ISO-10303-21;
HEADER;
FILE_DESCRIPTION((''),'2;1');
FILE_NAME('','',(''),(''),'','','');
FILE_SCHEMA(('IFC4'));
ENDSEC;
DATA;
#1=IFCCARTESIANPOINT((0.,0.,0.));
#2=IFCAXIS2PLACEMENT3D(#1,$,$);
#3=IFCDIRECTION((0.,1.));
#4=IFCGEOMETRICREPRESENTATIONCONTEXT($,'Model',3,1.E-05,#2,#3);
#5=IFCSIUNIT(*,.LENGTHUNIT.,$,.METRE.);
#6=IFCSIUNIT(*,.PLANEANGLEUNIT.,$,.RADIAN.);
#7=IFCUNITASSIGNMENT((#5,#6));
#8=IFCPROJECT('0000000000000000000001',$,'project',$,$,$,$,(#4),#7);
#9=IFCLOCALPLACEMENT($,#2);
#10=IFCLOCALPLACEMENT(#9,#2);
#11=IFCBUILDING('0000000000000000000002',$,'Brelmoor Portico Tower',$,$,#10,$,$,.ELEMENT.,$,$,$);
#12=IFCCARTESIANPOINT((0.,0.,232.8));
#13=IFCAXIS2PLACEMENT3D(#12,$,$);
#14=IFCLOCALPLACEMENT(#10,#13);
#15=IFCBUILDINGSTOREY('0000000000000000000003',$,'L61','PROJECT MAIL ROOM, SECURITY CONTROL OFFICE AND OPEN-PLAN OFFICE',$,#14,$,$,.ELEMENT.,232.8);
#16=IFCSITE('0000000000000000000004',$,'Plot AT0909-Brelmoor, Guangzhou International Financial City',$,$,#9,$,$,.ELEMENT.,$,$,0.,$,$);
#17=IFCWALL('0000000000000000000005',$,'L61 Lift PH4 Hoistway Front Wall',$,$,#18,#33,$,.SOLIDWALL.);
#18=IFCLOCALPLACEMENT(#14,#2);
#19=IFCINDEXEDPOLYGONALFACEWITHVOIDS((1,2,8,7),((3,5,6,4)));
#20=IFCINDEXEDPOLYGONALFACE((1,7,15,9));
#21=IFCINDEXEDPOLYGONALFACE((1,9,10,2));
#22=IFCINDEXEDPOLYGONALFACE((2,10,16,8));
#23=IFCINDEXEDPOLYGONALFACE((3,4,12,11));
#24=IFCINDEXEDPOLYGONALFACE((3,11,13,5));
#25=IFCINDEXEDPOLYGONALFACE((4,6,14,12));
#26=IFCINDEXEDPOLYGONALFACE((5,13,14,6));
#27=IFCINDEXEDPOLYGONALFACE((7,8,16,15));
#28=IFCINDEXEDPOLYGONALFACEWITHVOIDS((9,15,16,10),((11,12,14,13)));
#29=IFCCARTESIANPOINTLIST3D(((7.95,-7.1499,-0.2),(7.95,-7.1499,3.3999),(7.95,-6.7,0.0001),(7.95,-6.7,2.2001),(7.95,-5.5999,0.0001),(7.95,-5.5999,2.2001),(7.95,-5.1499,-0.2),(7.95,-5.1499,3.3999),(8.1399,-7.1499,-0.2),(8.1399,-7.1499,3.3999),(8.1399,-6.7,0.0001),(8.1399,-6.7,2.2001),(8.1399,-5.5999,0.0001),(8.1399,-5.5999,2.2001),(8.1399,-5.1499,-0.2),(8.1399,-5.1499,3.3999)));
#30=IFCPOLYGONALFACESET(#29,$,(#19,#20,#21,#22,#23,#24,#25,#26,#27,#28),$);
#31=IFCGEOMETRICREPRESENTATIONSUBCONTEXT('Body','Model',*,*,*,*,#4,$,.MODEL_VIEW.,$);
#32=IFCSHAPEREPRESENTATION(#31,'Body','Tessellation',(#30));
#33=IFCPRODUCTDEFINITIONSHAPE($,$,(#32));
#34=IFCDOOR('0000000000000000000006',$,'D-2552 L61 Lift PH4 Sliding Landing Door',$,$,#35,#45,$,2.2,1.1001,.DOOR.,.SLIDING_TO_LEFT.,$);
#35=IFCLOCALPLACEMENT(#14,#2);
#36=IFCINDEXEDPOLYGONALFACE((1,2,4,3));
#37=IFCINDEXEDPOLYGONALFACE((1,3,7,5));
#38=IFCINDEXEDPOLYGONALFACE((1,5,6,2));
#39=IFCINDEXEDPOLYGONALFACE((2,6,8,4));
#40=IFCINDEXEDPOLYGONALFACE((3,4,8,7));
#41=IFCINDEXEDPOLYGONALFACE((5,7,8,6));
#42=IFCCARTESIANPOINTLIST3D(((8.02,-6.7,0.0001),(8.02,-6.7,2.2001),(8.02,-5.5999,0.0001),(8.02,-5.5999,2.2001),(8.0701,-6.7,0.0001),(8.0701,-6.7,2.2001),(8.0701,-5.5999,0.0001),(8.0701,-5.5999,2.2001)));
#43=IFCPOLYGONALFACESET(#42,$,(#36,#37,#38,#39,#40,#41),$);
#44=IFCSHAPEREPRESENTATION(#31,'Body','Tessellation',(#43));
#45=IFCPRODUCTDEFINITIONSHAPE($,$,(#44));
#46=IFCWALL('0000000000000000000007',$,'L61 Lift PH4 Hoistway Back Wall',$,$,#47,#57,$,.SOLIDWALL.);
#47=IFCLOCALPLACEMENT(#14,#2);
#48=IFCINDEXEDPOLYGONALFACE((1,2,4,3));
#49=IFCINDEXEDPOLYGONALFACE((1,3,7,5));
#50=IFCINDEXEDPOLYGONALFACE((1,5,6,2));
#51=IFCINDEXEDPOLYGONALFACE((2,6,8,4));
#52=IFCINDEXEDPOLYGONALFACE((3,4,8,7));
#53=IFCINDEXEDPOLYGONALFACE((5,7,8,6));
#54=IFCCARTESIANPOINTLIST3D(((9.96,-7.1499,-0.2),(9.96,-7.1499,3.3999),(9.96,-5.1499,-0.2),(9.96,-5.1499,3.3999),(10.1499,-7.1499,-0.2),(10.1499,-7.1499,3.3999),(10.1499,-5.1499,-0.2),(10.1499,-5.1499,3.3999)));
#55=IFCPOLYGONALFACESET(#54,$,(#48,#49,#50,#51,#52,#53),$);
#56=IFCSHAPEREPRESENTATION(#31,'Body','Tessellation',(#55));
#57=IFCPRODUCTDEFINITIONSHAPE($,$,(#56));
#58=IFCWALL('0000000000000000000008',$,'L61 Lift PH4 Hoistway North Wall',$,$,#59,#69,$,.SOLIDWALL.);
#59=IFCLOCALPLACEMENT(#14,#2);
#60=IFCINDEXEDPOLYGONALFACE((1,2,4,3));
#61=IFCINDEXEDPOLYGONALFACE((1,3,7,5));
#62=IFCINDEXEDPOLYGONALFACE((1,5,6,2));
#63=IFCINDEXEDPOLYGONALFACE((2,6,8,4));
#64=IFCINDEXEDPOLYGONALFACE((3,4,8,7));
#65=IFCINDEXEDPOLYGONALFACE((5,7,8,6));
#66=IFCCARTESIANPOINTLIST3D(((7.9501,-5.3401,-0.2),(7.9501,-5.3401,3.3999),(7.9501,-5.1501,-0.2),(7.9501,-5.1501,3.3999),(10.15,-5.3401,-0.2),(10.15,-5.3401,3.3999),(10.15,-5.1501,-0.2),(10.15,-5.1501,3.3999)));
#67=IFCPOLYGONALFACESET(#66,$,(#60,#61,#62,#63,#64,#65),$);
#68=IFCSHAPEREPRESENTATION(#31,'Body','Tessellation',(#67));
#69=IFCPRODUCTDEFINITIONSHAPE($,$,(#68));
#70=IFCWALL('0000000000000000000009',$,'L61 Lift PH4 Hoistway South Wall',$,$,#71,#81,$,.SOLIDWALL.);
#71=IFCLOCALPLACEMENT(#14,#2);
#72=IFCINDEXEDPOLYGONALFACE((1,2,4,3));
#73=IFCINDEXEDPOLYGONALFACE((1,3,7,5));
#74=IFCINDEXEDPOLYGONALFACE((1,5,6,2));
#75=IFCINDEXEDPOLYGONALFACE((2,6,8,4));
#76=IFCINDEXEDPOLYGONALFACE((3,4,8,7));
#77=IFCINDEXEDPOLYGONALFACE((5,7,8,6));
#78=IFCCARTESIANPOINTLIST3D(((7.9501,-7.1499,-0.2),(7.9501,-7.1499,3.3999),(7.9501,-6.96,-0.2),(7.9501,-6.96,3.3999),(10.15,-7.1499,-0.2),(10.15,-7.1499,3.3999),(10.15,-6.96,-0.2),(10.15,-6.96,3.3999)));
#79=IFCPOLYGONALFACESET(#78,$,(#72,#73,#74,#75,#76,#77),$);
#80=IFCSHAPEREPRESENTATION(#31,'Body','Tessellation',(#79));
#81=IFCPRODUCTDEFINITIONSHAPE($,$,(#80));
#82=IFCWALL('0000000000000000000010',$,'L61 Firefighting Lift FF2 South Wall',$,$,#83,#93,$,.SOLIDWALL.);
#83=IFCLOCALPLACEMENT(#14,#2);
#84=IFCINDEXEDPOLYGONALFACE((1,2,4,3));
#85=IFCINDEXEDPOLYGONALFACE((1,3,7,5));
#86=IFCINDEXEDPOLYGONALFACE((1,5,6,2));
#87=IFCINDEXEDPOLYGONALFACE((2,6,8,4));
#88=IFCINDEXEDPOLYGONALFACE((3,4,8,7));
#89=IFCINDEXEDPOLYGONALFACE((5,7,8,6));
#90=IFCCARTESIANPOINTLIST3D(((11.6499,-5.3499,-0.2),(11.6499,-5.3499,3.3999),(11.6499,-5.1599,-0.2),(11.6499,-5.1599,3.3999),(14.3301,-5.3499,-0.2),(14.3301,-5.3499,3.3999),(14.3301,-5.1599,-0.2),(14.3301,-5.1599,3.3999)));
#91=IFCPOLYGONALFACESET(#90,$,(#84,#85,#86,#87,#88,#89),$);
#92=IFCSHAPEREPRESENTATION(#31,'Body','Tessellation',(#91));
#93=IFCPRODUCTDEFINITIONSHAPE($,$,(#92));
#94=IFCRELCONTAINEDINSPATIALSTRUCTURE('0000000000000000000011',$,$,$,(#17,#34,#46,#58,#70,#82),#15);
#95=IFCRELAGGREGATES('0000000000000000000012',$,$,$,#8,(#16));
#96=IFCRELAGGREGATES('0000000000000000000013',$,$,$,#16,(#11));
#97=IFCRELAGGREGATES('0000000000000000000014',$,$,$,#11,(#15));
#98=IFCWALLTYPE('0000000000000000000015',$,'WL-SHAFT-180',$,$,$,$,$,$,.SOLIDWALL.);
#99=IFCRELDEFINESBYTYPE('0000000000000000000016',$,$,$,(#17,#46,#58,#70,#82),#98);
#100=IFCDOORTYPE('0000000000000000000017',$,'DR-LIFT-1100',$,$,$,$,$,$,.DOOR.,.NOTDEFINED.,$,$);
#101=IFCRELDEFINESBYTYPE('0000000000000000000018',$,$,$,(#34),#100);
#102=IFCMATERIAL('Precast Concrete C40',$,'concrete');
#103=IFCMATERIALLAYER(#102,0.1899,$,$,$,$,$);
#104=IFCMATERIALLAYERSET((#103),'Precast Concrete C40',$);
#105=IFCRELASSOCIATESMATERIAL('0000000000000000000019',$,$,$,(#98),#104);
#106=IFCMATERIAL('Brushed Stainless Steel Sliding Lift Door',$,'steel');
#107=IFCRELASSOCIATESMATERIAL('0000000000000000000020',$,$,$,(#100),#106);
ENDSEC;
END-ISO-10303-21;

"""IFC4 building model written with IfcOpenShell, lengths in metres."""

from ifc_helpers import new_model, si_unit, direction, frame, frame_2d, origin, place, context, subcontext, project, spatial, rectangle, extrude, material, layer, layer_set, type_object, element, fill, save


model = new_model("IFC4")

# Units and contexts
model_context = context("Model", 3, precision=1e-05, world=origin(), true_north=direction((0.0, 1.0)))
body_context = subcontext(model_context, "Body", "Model", "MODEL_VIEW")
ifc_project = project(units=[si_unit("LENGTHUNIT", "METRE"), si_unit("PLANEANGLEUNIT", "RADIAN")], contexts=[model_context])

# Site, building, storey
site_placement = place(None, origin())
site = spatial("IfcSite", under=ifc_project, at=site_placement, Name="Plot AT0909-Brelmoor, Guangzhou International Financial City", CompositionType="ELEMENT", RefElevation=0.0)
building_placement = place(site_placement, origin())
building = spatial("IfcBuilding", under=site, at=building_placement, Name="Brelmoor Portico Tower", CompositionType="ELEMENT")
storey_placement = place(building_placement, frame((0.0, 0.0, 232.8)))
storey = spatial("IfcBuildingStorey", under=building, at=storey_placement, Name="L61", Description="PROJECT MAIL ROOM, SECURITY CONTROL OFFICE AND OPEN-PLAN OFFICE", CompositionType="ELEMENT", Elevation=232.8)

# Shared definitions
ifc_material_1 = material(Name="Precast Concrete C40", Category="concrete")
ifc_layer_1 = layer(ifc_material_1, 0.1899)
ifc_layer_set_1 = layer_set([ifc_layer_1], Name="Precast Concrete C40")
wall_type_1 = type_object("IfcWallType", Name="WL-SHAFT-180", PredefinedType="SOLIDWALL", material=ifc_layer_set_1)

# Wall, opening, door
wall_1_placement = place(storey_placement, frame((8.0449, -7.1499, -0.2), z_axis=(0.0, 0.0, 1.0), x_axis=(0.0, 1.0, 0.0)))
wall_1 = element("IfcWall", 1, at=wall_1_placement, inside=storey, type_object=wall_type_1, Name="L61 Lift PH4 Hoistway Front Wall", PredefinedType="SOLIDWALL", context=body_context, shape_type="SweptSolid", body=[
    extrude(rectangle(XDim=2.0, YDim=0.1899, at=frame_2d((1.0, 0.0))), origin(), (0.0, 0.0, 1.0), 3.5999),
])
opening_1_placement = place(wall_1_placement, frame((0.45, 0.0, 0.2)))
opening_1 = element("IfcOpeningElement", 2, at=opening_1_placement, cuts=wall_1, PredefinedType="OPENING", context=body_context, shape_type="SweptSolid", body=[
    extrude(rectangle(XDim=1.1001, YDim=2.2, at=frame_2d((0.55, 1.1001))), frame((0.0, 0.105, 0.0), z_axis=(0.0, -1.0, 0.0), x_axis=(1.0, 0.0, 0.0)), (0.0, 0.0, 1.0), 0.21),
])
ifc_material_2 = material(Name="Brushed Stainless Steel Sliding Lift Door", Category="steel")
door_type_1 = type_object("IfcDoorType", Name="DR-LIFT-1100", OperationType="NOTDEFINED", PredefinedType="DOOR", material=ifc_material_2)
door_1_placement = place(opening_1_placement, origin())
door_1 = element("IfcDoor", 3, at=door_1_placement, inside=storey, type_object=door_type_1, Name="D-2552 L61 Lift PH4 Sliding Landing Door", OperationType="SLIDING_TO_LEFT", OverallHeight=2.2, OverallWidth=1.1001, PredefinedType="DOOR", context=body_context, shape_type="SweptSolid", body=[
    extrude(rectangle(XDim=1.1001, YDim=2.2, at=frame_2d((0.55, 1.1001))), frame((0.0, 0.0249, 0.0), z_axis=(0.0, -1.0, 0.0), x_axis=(1.0, 0.0, 0.0)), (0.0, 0.0, 1.0), 0.05),
])
fill(opening_1, door_1)

# Walls
wall_2_placement = place(storey_placement, frame((10.0549, -7.1499, -0.2), z_axis=(0.0, 0.0, 1.0), x_axis=(0.0, 1.0, 0.0)))
element("IfcWall", 4, at=wall_2_placement, inside=storey, type_object=wall_type_1, Name="L61 Lift PH4 Hoistway Back Wall", PredefinedType="SOLIDWALL", context=body_context, shape_type="SweptSolid", body=[
    extrude(rectangle(XDim=2.0, YDim=0.1899, at=frame_2d((1.0, 0.0))), origin(), (0.0, 0.0, 1.0), 3.5999),
])
for number, where, z_axis, x_axis, name in (
    (5, (7.95, -5.2451, -0.2), (0.0, 0.0, 1.0), (1.0, 0.0, 0.0), "L61 Lift PH4 Hoistway North Wall"),
    (6, (7.95, -7.0549, -0.2), (0.0, 0.0, 1.0), (1.0, 0.0, 0.0), "L61 Lift PH4 Hoistway South Wall"),
):
    element("IfcWall", number, at=place(storey_placement, frame(where, z_axis=z_axis, x_axis=x_axis)), inside=storey, type_object=wall_type_1, Name=name, PredefinedType="SOLIDWALL", context=body_context, shape_type="SweptSolid", body=[
        extrude(rectangle(XDim=2.2, YDim=0.1899, at=frame_2d((1.1001, 0.0))), origin(), (0.0, 0.0, 1.0), 3.5999),
    ])
wall_3_placement = place(storey_placement, frame((11.6499, -5.2549, -0.2), z_axis=(0.0, 0.0, 1.0), x_axis=(1.0, 0.0, 0.0)))
element("IfcWall", 7, at=wall_3_placement, inside=storey, type_object=wall_type_1, Name="L61 Firefighting Lift FF2 South Wall", PredefinedType="SOLIDWALL", context=body_context, shape_type="SweptSolid", body=[
    extrude(rectangle(XDim=2.6802, YDim=0.1899, at=frame_2d((1.3401, 0.0))), origin(), (0.0, 0.0, 1.0), 3.5999),
])

save(model, "model.ifc")
